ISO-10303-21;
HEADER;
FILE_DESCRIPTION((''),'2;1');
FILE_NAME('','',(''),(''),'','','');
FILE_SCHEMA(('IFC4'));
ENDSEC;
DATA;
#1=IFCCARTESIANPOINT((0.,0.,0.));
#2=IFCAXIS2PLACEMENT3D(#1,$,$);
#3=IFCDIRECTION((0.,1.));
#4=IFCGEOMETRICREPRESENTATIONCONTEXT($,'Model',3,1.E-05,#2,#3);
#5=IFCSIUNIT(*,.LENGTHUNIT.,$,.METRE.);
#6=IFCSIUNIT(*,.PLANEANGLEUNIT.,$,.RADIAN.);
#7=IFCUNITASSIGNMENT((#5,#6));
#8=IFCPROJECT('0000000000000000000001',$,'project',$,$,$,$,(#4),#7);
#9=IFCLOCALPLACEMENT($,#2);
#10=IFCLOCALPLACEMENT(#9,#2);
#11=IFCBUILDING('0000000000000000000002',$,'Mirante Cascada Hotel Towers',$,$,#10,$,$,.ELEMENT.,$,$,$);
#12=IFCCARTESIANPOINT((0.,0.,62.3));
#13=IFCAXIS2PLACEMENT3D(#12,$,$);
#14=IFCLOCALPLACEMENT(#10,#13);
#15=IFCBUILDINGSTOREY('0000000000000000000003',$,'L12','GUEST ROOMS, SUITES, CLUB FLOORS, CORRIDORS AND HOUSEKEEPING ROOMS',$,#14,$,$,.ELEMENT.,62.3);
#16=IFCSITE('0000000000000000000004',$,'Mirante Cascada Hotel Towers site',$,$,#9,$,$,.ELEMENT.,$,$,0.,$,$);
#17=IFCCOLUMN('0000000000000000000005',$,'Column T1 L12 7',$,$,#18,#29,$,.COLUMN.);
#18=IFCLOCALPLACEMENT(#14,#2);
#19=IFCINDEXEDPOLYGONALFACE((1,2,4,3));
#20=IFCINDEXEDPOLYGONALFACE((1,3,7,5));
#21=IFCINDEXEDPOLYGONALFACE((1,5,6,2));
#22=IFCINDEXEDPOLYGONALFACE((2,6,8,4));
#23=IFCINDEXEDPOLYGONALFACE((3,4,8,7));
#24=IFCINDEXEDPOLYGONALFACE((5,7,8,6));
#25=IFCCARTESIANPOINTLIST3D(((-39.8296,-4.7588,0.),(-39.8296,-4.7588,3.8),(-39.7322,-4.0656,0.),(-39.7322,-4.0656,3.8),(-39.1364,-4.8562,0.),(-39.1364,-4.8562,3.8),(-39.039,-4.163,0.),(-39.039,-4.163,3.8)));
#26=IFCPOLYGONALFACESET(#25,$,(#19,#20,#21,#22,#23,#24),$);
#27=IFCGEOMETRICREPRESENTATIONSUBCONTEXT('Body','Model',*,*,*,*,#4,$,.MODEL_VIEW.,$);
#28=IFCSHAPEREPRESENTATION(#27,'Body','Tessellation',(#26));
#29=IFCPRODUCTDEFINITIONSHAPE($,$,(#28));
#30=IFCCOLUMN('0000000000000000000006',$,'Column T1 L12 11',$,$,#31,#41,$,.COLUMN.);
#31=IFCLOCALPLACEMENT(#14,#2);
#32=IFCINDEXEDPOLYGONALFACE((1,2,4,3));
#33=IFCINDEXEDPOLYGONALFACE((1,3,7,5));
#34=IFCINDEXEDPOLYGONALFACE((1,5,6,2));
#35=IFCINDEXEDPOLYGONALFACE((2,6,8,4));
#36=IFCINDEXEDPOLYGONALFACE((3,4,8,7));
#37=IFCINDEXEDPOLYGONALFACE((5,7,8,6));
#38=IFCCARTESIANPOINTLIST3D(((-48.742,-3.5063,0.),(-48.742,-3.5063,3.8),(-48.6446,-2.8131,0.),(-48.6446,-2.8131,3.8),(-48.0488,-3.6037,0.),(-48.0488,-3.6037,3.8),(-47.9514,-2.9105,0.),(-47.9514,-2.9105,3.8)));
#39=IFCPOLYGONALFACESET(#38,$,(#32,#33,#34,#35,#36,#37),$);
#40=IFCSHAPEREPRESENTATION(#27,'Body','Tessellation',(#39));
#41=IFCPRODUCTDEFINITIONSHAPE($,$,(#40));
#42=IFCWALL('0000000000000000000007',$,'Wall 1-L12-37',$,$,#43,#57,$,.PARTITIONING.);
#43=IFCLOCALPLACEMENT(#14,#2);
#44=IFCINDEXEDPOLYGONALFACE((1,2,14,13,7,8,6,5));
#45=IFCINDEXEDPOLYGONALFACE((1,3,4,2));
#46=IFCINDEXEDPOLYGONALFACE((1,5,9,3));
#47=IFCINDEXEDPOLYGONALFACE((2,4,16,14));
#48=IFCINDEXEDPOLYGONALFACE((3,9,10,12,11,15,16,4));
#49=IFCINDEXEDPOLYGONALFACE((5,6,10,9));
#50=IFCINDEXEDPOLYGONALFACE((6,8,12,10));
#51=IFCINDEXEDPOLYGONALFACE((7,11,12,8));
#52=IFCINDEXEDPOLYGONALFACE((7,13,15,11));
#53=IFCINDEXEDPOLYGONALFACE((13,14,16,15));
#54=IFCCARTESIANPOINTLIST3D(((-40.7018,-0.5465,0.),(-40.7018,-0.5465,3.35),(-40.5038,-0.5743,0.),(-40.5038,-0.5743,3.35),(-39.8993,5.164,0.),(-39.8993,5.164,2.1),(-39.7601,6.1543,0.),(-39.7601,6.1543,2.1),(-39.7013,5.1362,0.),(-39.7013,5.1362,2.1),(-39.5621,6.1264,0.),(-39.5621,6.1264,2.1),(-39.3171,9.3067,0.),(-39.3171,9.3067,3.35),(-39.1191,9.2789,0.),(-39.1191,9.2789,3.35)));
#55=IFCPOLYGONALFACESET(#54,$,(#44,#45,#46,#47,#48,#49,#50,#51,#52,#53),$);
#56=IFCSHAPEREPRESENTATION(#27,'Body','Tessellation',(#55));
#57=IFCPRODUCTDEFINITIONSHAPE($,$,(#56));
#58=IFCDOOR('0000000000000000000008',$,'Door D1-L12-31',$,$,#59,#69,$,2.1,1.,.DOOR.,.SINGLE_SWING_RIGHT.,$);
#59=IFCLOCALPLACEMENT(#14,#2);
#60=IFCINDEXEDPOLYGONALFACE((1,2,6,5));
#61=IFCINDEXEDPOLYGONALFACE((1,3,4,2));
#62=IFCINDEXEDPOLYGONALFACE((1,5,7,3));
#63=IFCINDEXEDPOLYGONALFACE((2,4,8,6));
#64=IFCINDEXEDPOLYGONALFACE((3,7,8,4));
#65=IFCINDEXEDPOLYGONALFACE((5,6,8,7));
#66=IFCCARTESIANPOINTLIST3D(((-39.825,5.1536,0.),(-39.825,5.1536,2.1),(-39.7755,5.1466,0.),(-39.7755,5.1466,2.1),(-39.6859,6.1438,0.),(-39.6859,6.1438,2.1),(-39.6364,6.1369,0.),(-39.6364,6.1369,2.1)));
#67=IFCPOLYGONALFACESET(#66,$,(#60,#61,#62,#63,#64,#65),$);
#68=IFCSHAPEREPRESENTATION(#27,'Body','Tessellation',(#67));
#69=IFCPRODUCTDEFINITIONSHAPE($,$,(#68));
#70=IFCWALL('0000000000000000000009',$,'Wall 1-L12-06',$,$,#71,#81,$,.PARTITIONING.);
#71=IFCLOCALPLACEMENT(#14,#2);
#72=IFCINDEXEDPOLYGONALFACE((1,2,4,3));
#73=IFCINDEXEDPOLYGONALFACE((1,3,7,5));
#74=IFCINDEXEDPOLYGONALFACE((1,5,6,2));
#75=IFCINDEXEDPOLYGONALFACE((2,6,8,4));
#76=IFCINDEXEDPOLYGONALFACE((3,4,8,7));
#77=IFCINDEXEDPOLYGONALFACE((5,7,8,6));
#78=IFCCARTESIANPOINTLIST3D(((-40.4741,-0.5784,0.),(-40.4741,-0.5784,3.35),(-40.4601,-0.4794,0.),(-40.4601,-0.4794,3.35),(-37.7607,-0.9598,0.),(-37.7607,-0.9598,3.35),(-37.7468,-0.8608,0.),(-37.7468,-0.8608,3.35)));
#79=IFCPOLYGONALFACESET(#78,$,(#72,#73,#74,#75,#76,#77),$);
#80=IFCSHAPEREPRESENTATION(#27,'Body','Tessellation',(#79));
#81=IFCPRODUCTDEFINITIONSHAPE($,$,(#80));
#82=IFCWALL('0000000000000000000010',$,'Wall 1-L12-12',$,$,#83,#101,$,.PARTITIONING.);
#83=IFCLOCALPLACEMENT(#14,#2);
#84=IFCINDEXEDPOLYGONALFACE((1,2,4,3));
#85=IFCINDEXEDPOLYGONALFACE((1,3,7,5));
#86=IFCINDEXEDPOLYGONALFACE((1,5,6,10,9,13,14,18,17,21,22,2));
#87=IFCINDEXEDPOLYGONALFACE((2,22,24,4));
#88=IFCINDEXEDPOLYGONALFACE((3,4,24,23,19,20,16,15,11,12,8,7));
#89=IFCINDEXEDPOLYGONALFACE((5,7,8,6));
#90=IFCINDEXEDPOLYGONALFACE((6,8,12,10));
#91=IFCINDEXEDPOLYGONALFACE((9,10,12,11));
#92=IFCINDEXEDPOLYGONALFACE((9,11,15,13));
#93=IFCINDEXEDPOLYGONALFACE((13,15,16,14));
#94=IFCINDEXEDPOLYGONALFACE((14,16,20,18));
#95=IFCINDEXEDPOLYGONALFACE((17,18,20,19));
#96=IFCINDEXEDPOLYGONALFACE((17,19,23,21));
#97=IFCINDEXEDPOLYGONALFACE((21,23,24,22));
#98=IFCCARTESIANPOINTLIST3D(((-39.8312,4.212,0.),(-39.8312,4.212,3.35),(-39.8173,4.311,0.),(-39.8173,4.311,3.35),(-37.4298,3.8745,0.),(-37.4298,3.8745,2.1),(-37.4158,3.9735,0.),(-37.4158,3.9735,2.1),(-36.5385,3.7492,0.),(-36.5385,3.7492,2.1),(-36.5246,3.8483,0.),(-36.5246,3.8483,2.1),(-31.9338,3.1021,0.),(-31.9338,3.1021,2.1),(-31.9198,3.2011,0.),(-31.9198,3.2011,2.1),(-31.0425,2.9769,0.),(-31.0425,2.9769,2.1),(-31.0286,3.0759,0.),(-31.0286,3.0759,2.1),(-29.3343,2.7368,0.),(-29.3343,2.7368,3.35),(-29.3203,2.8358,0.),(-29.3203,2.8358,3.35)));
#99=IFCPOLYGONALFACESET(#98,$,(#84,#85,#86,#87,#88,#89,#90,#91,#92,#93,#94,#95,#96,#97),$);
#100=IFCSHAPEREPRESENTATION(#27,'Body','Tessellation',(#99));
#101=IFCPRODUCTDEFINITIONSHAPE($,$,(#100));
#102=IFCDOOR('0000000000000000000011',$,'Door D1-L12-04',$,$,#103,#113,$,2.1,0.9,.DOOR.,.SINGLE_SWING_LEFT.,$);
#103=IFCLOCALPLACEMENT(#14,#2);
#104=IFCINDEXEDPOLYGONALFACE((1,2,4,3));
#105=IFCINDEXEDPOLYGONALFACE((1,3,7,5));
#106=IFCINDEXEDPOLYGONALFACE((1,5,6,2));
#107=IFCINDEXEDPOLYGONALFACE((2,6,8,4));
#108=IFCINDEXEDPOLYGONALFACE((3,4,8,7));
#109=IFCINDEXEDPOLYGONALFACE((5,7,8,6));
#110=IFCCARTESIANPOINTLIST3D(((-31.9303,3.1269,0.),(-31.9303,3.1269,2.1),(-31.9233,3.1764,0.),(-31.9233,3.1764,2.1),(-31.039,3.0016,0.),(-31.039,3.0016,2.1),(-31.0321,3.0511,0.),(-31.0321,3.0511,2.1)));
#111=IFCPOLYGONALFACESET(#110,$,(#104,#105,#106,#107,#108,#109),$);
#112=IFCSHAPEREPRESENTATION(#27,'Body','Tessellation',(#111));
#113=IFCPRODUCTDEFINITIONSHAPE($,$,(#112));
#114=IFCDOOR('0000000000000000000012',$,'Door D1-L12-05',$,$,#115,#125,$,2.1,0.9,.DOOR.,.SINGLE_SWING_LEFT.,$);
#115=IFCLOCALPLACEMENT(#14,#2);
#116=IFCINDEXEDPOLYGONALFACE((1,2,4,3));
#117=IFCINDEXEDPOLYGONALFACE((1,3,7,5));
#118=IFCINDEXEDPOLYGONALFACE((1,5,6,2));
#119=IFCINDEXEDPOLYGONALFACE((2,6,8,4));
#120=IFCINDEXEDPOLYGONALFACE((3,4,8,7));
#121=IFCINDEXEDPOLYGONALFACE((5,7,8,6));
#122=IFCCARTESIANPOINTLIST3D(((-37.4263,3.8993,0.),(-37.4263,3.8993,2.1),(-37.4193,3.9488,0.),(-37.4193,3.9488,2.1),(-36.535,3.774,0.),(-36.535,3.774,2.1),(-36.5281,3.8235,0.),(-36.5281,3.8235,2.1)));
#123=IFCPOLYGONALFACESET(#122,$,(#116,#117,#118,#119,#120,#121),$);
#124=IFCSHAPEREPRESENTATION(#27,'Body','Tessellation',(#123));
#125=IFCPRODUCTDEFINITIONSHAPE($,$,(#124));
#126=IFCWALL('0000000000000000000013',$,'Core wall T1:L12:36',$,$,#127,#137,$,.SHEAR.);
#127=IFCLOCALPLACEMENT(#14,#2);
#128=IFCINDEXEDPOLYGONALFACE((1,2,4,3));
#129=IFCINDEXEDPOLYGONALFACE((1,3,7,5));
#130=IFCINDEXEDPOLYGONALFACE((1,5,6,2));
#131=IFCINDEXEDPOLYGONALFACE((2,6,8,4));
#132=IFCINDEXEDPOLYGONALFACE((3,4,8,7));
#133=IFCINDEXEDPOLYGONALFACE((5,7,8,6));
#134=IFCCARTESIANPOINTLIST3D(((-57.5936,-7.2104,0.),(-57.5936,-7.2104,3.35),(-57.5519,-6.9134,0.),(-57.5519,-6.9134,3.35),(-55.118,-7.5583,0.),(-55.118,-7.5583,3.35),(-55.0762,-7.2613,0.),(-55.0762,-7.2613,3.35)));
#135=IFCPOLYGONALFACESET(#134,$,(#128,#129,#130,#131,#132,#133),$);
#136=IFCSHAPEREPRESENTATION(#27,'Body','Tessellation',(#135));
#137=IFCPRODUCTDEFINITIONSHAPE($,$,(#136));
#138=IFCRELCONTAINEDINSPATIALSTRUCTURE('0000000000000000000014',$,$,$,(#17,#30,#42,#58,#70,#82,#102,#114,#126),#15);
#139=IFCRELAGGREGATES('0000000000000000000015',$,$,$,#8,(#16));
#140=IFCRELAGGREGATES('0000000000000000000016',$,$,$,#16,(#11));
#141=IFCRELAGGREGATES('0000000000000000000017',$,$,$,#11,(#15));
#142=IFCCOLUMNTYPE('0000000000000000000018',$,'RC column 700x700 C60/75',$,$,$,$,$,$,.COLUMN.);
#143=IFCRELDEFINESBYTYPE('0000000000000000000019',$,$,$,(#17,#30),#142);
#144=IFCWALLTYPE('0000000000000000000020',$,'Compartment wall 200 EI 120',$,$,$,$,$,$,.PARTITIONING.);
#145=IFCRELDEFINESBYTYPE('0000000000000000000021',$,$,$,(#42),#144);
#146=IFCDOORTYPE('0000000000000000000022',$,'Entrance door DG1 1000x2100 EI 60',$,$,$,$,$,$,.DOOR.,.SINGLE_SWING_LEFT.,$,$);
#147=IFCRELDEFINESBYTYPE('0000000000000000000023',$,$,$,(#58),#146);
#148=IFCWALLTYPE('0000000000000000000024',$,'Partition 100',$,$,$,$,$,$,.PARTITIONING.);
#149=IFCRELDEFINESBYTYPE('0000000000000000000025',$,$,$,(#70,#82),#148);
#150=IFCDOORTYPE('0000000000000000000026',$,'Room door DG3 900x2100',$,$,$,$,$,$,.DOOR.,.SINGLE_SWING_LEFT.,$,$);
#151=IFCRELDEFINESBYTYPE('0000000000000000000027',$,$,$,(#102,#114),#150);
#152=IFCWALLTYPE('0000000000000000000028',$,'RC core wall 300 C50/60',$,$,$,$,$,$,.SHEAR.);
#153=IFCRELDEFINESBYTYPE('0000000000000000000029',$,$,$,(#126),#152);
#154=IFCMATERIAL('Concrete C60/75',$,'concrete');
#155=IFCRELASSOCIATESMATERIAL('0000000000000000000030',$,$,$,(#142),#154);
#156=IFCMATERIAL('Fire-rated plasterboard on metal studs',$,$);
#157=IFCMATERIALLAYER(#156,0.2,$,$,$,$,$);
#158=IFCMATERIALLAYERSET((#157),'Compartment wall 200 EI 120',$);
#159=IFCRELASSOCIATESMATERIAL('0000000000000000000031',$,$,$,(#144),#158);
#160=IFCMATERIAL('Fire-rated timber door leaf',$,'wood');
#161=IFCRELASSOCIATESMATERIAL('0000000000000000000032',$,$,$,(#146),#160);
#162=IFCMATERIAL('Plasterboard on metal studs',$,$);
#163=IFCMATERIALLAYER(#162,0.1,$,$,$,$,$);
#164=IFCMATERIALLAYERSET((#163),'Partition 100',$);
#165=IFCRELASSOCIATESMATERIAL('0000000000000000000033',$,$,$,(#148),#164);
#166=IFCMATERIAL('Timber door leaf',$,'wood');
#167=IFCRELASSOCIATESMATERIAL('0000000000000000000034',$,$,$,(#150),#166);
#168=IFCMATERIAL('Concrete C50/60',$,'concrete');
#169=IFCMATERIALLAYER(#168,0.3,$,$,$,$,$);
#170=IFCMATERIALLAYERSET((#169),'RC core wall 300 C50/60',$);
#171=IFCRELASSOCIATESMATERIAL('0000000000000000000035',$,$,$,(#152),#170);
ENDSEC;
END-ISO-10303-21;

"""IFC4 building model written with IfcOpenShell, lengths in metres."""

from ifc_helpers import new_model, si_unit, direction, frame, frame_2d, origin, origin_2d, place, context, subcontext, project, spatial, rectangle, extrude, material, layer, layer_set, material_profile, profile_set, type_object, element, fill, save


model = new_model("IFC4")

# Units and contexts
model_context = context("Model", 3, precision=1e-05, world=origin(), true_north=direction((0.0, 1.0)))
body_context = subcontext(model_context, "Body", "Model", "MODEL_VIEW")
ifc_project = project(units=[si_unit("LENGTHUNIT", "METRE"), si_unit("PLANEANGLEUNIT", "RADIAN")], contexts=[model_context])

# Site, building, storey
site_placement = place(None, origin())
site = spatial("IfcSite", under=ifc_project, at=site_placement, Name="Mirante Cascada Hotel Towers site", CompositionType="ELEMENT", RefElevation=0.0)
building_placement = place(site_placement, origin())
building = spatial("IfcBuilding", under=site, at=building_placement, Name="Mirante Cascada Hotel Towers", CompositionType="ELEMENT")
storey_placement = place(building_placement, frame((0.0, 0.0, 62.3)))
storey = spatial("IfcBuildingStorey", under=building, at=storey_placement, Name="L12", Description="GUEST ROOMS, SUITES, CLUB FLOORS, CORRIDORS AND HOUSEKEEPING ROOMS", CompositionType="ELEMENT", Elevation=62.3)

# Columns
ifc_material_1 = material(Name="Concrete C60/75", Category="concrete")
ifc_material_profile = material_profile(ifc_material_1, rectangle(XDim=0.7, YDim=0.7, at=origin_2d()), Name="RC column 700x700 C60/75")
ifc_profile_set = profile_set([ifc_material_profile], Name="Concrete C60/75")
column_type = type_object("IfcColumnType", Name="RC column 700x700 C60/75", PredefinedType="COLUMN", material=ifc_profile_set)
for number, where, z_axis, x_axis, name in (
    (1, (-39.4343, -4.4609, 0.0), (0.0, 0.0, 1.0), (-0.990268, 0.139173, 0.0), "Column T1 L12 7"),
    (2, (-48.3467, -3.2084, 0.0), (0.0, 0.0, 1.0), (-0.990268, 0.139173, 0.0), "Column T1 L12 11"),
):
    element("IfcColumn", number, at=place(storey_placement, frame(where, z_axis=z_axis, x_axis=x_axis)), inside=storey, type_object=column_type, Name=name, PredefinedType="COLUMN", context=body_context, shape_type="SweptSolid", body=[
        extrude(rectangle(XDim=0.7, YDim=0.7, at=origin_2d()), origin(), (0.0, 0.0, 1.0), 3.8),
    ])

# Wall, opening, door
ifc_material_2 = material(Name="Fire-rated plasterboard on metal studs")
ifc_layer_1 = layer(ifc_material_2, 0.2)
ifc_layer_set_1 = layer_set([ifc_layer_1], Name="Compartment wall 200 EI 120")
wall_type_1 = type_object("IfcWallType", Name="Compartment wall 200 EI 120", PredefinedType="PARTITIONING", material=ifc_layer_set_1)
wall_1_placement = place(storey_placement, frame((-40.6028, -0.5604, 0.0), z_axis=(0.0, 0.0, 1.0), x_axis=(0.139165, 0.990269, 0.0)))
wall_1 = element("IfcWall", 3, at=wall_1_placement, inside=storey, type_object=wall_type_1, Name="Wall 1-L12-37", PredefinedType="PARTITIONING", context=body_context, shape_type="SweptSolid", body=[
    extrude(rectangle(XDim=9.95, YDim=0.2, at=frame_2d((4.975, 0.0))), origin(), (0.0, 0.0, 1.0), 3.35),
])
opening_1_placement = place(wall_1_placement, frame((5.7666, 0.0, 0.0)))
opening_1 = element("IfcOpeningElement", 4, at=opening_1_placement, cuts=wall_1, PredefinedType="OPENING", context=body_context, shape_type="SweptSolid", body=[
    extrude(rectangle(XDim=1.0, YDim=2.1, at=frame_2d((0.5, 1.05))), frame((0.0, 0.1, 0.0), z_axis=(0.0, -1.0, 0.0), x_axis=(1.0, 0.0, 0.0)), (0.0, 0.0, 1.0), 0.2),
])
ifc_material_3 = material(Name="Fire-rated timber door leaf", Category="wood")
door_type_1 = type_object("IfcDoorType", Name="Entrance door DG1 1000x2100 EI 60", OperationType="SINGLE_SWING_LEFT", PredefinedType="DOOR", material=ifc_material_3)
door_1_placement = place(opening_1_placement, frame((1.0, 0.0, 0.0), z_axis=(0.0, 0.0, 1.0), x_axis=(-1.0, 0.0, 0.0)))
door_1 = element("IfcDoor", 5, at=door_1_placement, inside=storey, type_object=door_type_1, Name="Door D1-L12-31", OperationType="SINGLE_SWING_RIGHT", OverallHeight=2.1, OverallWidth=1.0, PredefinedType="DOOR", context=body_context, shape_type="SweptSolid", body=[
    extrude(rectangle(XDim=1.0, YDim=2.1, at=frame_2d((0.5, 1.05))), frame((0.0, 0.025, 0.0), z_axis=(0.0, -1.0, 0.0), x_axis=(1.0, 0.0, 0.0)), (0.0, 0.0, 1.0), 0.05),
])
fill(opening_1, door_1)

# Wall
ifc_material_4 = material(Name="Plasterboard on metal studs")
ifc_layer_2 = layer(ifc_material_4, 0.1)
ifc_layer_set_2 = layer_set([ifc_layer_2], Name="Partition 100")
wall_type_2 = type_object("IfcWallType", Name="Partition 100", PredefinedType="PARTITIONING", material=ifc_layer_set_2)
wall_2_placement = place(storey_placement, frame((-40.4671, -0.5289, 0.0), z_axis=(0.0, 0.0, 1.0), x_axis=(0.990264, -0.139198, 0.0)))
element("IfcWall", 6, at=wall_2_placement, inside=storey, type_object=wall_type_2, Name="Wall 1-L12-06", PredefinedType="PARTITIONING", context=body_context, shape_type="SweptSolid", body=[
    extrude(rectangle(XDim=2.74, YDim=0.1, at=frame_2d((1.37, 0.0))), origin(), (0.0, 0.0, 1.0), 3.35),
])

# Wall, openings, doors
wall_3_placement = place(storey_placement, frame((-39.8242, 4.2615, 0.0), z_axis=(0.0, 0.0, 1.0), x_axis=(0.990269, -0.139169, 0.0)))
wall_3 = element("IfcWall", 7, at=wall_3_placement, inside=storey, type_object=wall_type_2, Name="Wall 1-L12-12", PredefinedType="PARTITIONING", context=body_context, shape_type="SweptSolid", body=[
    extrude(rectangle(XDim=10.6001, YDim=0.1, at=frame_2d((5.3, 0.0))), origin(), (0.0, 0.0, 1.0), 3.35),
])
opening_2_placement = place(wall_3_placement, frame((7.975, 0.0, 0.0)))
opening_2 = element("IfcOpeningElement", 8, at=opening_2_placement, cuts=wall_3, PredefinedType="OPENING", context=body_context, shape_type="SweptSolid", body=[
    extrude(rectangle(XDim=0.9, YDim=2.1, at=frame_2d((0.45, 1.05))), frame((0.0, 0.05, 0.0), z_axis=(0.0, -1.0, 0.0), x_axis=(1.0, 0.0, 0.0)), (0.0, 0.0, 1.0), 0.1),
])
opening_3_placement = place(wall_3_placement, frame((2.425, 0.0, 0.0)))
opening_3 = element("IfcOpeningElement", 9, at=opening_3_placement, cuts=wall_3, PredefinedType="OPENING", context=body_context, shape_type="SweptSolid", body=[
    extrude(rectangle(XDim=0.9, YDim=2.1, at=frame_2d((0.45, 1.05))), frame((0.0, 0.05, 0.0), z_axis=(0.0, -1.0, 0.0), x_axis=(1.0, 0.0, 0.0)), (0.0, 0.0, 1.0), 0.1),
])
ifc_material_5 = material(Name="Timber door leaf", Category="wood")
door_type_2 = type_object("IfcDoorType", Name="Room door DG3 900x2100", OperationType="SINGLE_SWING_LEFT", PredefinedType="DOOR", material=ifc_material_5)
door_2_placement = place(opening_2_placement, origin())
door_2 = element("IfcDoor", 10, at=door_2_placement, inside=storey, type_object=door_type_2, Name="Door D1-L12-04", OperationType="SINGLE_SWING_LEFT", OverallHeight=2.1, OverallWidth=0.9, PredefinedType="DOOR", context=body_context, shape_type="SweptSolid", body=[
    extrude(rectangle(XDim=0.9, YDim=2.1, at=frame_2d((0.45, 1.05))), frame((0.0, 0.025, 0.0), z_axis=(0.0, -1.0, 0.0), x_axis=(1.0, 0.0, 0.0)), (0.0, 0.0, 1.0), 0.05),
])
fill(opening_2, door_2)
door_3_placement = place(opening_3_placement, origin())
door_3 = element("IfcDoor", 11, at=door_3_placement, inside=storey, type_object=door_type_2, Name="Door D1-L12-05", OperationType="SINGLE_SWING_LEFT", OverallHeight=2.1, OverallWidth=0.9, PredefinedType="DOOR", context=body_context, shape_type="SweptSolid", body=[
    extrude(rectangle(XDim=0.9, YDim=2.1, at=frame_2d((0.45, 1.05))), frame((0.0, 0.025, 0.0), z_axis=(0.0, -1.0, 0.0), x_axis=(1.0, 0.0, 0.0)), (0.0, 0.0, 1.0), 0.05),
])
fill(opening_3, door_3)

# Wall
ifc_material_6 = material(Name="Concrete C50/60", Category="concrete")
ifc_layer_3 = layer(ifc_material_6, 0.3)
ifc_layer_set_3 = layer_set([ifc_layer_3], Name="RC core wall 300 C50/60")
wall_type_3 = type_object("IfcWallType", Name="RC core wall 300 C50/60", PredefinedType="SHEAR", material=ifc_layer_set_3)
wall_4_placement = place(storey_placement, frame((-55.0971, -7.4098, 0.0), z_axis=(0.0, 0.0, 1.0), x_axis=(-0.99027, 0.139159, 0.0)))
element("IfcWall", 12, at=wall_4_placement, inside=storey, type_object=wall_type_3, Name="Core wall T1:L12:36", PredefinedType="SHEAR", context=body_context, shape_type="SweptSolid", body=[
    extrude(rectangle(XDim=2.5, YDim=0.3, at=frame_2d((1.25, 0.0))), origin(), (0.0, 0.0, 1.0), 3.35),
])

save(model, "model.ifc")
